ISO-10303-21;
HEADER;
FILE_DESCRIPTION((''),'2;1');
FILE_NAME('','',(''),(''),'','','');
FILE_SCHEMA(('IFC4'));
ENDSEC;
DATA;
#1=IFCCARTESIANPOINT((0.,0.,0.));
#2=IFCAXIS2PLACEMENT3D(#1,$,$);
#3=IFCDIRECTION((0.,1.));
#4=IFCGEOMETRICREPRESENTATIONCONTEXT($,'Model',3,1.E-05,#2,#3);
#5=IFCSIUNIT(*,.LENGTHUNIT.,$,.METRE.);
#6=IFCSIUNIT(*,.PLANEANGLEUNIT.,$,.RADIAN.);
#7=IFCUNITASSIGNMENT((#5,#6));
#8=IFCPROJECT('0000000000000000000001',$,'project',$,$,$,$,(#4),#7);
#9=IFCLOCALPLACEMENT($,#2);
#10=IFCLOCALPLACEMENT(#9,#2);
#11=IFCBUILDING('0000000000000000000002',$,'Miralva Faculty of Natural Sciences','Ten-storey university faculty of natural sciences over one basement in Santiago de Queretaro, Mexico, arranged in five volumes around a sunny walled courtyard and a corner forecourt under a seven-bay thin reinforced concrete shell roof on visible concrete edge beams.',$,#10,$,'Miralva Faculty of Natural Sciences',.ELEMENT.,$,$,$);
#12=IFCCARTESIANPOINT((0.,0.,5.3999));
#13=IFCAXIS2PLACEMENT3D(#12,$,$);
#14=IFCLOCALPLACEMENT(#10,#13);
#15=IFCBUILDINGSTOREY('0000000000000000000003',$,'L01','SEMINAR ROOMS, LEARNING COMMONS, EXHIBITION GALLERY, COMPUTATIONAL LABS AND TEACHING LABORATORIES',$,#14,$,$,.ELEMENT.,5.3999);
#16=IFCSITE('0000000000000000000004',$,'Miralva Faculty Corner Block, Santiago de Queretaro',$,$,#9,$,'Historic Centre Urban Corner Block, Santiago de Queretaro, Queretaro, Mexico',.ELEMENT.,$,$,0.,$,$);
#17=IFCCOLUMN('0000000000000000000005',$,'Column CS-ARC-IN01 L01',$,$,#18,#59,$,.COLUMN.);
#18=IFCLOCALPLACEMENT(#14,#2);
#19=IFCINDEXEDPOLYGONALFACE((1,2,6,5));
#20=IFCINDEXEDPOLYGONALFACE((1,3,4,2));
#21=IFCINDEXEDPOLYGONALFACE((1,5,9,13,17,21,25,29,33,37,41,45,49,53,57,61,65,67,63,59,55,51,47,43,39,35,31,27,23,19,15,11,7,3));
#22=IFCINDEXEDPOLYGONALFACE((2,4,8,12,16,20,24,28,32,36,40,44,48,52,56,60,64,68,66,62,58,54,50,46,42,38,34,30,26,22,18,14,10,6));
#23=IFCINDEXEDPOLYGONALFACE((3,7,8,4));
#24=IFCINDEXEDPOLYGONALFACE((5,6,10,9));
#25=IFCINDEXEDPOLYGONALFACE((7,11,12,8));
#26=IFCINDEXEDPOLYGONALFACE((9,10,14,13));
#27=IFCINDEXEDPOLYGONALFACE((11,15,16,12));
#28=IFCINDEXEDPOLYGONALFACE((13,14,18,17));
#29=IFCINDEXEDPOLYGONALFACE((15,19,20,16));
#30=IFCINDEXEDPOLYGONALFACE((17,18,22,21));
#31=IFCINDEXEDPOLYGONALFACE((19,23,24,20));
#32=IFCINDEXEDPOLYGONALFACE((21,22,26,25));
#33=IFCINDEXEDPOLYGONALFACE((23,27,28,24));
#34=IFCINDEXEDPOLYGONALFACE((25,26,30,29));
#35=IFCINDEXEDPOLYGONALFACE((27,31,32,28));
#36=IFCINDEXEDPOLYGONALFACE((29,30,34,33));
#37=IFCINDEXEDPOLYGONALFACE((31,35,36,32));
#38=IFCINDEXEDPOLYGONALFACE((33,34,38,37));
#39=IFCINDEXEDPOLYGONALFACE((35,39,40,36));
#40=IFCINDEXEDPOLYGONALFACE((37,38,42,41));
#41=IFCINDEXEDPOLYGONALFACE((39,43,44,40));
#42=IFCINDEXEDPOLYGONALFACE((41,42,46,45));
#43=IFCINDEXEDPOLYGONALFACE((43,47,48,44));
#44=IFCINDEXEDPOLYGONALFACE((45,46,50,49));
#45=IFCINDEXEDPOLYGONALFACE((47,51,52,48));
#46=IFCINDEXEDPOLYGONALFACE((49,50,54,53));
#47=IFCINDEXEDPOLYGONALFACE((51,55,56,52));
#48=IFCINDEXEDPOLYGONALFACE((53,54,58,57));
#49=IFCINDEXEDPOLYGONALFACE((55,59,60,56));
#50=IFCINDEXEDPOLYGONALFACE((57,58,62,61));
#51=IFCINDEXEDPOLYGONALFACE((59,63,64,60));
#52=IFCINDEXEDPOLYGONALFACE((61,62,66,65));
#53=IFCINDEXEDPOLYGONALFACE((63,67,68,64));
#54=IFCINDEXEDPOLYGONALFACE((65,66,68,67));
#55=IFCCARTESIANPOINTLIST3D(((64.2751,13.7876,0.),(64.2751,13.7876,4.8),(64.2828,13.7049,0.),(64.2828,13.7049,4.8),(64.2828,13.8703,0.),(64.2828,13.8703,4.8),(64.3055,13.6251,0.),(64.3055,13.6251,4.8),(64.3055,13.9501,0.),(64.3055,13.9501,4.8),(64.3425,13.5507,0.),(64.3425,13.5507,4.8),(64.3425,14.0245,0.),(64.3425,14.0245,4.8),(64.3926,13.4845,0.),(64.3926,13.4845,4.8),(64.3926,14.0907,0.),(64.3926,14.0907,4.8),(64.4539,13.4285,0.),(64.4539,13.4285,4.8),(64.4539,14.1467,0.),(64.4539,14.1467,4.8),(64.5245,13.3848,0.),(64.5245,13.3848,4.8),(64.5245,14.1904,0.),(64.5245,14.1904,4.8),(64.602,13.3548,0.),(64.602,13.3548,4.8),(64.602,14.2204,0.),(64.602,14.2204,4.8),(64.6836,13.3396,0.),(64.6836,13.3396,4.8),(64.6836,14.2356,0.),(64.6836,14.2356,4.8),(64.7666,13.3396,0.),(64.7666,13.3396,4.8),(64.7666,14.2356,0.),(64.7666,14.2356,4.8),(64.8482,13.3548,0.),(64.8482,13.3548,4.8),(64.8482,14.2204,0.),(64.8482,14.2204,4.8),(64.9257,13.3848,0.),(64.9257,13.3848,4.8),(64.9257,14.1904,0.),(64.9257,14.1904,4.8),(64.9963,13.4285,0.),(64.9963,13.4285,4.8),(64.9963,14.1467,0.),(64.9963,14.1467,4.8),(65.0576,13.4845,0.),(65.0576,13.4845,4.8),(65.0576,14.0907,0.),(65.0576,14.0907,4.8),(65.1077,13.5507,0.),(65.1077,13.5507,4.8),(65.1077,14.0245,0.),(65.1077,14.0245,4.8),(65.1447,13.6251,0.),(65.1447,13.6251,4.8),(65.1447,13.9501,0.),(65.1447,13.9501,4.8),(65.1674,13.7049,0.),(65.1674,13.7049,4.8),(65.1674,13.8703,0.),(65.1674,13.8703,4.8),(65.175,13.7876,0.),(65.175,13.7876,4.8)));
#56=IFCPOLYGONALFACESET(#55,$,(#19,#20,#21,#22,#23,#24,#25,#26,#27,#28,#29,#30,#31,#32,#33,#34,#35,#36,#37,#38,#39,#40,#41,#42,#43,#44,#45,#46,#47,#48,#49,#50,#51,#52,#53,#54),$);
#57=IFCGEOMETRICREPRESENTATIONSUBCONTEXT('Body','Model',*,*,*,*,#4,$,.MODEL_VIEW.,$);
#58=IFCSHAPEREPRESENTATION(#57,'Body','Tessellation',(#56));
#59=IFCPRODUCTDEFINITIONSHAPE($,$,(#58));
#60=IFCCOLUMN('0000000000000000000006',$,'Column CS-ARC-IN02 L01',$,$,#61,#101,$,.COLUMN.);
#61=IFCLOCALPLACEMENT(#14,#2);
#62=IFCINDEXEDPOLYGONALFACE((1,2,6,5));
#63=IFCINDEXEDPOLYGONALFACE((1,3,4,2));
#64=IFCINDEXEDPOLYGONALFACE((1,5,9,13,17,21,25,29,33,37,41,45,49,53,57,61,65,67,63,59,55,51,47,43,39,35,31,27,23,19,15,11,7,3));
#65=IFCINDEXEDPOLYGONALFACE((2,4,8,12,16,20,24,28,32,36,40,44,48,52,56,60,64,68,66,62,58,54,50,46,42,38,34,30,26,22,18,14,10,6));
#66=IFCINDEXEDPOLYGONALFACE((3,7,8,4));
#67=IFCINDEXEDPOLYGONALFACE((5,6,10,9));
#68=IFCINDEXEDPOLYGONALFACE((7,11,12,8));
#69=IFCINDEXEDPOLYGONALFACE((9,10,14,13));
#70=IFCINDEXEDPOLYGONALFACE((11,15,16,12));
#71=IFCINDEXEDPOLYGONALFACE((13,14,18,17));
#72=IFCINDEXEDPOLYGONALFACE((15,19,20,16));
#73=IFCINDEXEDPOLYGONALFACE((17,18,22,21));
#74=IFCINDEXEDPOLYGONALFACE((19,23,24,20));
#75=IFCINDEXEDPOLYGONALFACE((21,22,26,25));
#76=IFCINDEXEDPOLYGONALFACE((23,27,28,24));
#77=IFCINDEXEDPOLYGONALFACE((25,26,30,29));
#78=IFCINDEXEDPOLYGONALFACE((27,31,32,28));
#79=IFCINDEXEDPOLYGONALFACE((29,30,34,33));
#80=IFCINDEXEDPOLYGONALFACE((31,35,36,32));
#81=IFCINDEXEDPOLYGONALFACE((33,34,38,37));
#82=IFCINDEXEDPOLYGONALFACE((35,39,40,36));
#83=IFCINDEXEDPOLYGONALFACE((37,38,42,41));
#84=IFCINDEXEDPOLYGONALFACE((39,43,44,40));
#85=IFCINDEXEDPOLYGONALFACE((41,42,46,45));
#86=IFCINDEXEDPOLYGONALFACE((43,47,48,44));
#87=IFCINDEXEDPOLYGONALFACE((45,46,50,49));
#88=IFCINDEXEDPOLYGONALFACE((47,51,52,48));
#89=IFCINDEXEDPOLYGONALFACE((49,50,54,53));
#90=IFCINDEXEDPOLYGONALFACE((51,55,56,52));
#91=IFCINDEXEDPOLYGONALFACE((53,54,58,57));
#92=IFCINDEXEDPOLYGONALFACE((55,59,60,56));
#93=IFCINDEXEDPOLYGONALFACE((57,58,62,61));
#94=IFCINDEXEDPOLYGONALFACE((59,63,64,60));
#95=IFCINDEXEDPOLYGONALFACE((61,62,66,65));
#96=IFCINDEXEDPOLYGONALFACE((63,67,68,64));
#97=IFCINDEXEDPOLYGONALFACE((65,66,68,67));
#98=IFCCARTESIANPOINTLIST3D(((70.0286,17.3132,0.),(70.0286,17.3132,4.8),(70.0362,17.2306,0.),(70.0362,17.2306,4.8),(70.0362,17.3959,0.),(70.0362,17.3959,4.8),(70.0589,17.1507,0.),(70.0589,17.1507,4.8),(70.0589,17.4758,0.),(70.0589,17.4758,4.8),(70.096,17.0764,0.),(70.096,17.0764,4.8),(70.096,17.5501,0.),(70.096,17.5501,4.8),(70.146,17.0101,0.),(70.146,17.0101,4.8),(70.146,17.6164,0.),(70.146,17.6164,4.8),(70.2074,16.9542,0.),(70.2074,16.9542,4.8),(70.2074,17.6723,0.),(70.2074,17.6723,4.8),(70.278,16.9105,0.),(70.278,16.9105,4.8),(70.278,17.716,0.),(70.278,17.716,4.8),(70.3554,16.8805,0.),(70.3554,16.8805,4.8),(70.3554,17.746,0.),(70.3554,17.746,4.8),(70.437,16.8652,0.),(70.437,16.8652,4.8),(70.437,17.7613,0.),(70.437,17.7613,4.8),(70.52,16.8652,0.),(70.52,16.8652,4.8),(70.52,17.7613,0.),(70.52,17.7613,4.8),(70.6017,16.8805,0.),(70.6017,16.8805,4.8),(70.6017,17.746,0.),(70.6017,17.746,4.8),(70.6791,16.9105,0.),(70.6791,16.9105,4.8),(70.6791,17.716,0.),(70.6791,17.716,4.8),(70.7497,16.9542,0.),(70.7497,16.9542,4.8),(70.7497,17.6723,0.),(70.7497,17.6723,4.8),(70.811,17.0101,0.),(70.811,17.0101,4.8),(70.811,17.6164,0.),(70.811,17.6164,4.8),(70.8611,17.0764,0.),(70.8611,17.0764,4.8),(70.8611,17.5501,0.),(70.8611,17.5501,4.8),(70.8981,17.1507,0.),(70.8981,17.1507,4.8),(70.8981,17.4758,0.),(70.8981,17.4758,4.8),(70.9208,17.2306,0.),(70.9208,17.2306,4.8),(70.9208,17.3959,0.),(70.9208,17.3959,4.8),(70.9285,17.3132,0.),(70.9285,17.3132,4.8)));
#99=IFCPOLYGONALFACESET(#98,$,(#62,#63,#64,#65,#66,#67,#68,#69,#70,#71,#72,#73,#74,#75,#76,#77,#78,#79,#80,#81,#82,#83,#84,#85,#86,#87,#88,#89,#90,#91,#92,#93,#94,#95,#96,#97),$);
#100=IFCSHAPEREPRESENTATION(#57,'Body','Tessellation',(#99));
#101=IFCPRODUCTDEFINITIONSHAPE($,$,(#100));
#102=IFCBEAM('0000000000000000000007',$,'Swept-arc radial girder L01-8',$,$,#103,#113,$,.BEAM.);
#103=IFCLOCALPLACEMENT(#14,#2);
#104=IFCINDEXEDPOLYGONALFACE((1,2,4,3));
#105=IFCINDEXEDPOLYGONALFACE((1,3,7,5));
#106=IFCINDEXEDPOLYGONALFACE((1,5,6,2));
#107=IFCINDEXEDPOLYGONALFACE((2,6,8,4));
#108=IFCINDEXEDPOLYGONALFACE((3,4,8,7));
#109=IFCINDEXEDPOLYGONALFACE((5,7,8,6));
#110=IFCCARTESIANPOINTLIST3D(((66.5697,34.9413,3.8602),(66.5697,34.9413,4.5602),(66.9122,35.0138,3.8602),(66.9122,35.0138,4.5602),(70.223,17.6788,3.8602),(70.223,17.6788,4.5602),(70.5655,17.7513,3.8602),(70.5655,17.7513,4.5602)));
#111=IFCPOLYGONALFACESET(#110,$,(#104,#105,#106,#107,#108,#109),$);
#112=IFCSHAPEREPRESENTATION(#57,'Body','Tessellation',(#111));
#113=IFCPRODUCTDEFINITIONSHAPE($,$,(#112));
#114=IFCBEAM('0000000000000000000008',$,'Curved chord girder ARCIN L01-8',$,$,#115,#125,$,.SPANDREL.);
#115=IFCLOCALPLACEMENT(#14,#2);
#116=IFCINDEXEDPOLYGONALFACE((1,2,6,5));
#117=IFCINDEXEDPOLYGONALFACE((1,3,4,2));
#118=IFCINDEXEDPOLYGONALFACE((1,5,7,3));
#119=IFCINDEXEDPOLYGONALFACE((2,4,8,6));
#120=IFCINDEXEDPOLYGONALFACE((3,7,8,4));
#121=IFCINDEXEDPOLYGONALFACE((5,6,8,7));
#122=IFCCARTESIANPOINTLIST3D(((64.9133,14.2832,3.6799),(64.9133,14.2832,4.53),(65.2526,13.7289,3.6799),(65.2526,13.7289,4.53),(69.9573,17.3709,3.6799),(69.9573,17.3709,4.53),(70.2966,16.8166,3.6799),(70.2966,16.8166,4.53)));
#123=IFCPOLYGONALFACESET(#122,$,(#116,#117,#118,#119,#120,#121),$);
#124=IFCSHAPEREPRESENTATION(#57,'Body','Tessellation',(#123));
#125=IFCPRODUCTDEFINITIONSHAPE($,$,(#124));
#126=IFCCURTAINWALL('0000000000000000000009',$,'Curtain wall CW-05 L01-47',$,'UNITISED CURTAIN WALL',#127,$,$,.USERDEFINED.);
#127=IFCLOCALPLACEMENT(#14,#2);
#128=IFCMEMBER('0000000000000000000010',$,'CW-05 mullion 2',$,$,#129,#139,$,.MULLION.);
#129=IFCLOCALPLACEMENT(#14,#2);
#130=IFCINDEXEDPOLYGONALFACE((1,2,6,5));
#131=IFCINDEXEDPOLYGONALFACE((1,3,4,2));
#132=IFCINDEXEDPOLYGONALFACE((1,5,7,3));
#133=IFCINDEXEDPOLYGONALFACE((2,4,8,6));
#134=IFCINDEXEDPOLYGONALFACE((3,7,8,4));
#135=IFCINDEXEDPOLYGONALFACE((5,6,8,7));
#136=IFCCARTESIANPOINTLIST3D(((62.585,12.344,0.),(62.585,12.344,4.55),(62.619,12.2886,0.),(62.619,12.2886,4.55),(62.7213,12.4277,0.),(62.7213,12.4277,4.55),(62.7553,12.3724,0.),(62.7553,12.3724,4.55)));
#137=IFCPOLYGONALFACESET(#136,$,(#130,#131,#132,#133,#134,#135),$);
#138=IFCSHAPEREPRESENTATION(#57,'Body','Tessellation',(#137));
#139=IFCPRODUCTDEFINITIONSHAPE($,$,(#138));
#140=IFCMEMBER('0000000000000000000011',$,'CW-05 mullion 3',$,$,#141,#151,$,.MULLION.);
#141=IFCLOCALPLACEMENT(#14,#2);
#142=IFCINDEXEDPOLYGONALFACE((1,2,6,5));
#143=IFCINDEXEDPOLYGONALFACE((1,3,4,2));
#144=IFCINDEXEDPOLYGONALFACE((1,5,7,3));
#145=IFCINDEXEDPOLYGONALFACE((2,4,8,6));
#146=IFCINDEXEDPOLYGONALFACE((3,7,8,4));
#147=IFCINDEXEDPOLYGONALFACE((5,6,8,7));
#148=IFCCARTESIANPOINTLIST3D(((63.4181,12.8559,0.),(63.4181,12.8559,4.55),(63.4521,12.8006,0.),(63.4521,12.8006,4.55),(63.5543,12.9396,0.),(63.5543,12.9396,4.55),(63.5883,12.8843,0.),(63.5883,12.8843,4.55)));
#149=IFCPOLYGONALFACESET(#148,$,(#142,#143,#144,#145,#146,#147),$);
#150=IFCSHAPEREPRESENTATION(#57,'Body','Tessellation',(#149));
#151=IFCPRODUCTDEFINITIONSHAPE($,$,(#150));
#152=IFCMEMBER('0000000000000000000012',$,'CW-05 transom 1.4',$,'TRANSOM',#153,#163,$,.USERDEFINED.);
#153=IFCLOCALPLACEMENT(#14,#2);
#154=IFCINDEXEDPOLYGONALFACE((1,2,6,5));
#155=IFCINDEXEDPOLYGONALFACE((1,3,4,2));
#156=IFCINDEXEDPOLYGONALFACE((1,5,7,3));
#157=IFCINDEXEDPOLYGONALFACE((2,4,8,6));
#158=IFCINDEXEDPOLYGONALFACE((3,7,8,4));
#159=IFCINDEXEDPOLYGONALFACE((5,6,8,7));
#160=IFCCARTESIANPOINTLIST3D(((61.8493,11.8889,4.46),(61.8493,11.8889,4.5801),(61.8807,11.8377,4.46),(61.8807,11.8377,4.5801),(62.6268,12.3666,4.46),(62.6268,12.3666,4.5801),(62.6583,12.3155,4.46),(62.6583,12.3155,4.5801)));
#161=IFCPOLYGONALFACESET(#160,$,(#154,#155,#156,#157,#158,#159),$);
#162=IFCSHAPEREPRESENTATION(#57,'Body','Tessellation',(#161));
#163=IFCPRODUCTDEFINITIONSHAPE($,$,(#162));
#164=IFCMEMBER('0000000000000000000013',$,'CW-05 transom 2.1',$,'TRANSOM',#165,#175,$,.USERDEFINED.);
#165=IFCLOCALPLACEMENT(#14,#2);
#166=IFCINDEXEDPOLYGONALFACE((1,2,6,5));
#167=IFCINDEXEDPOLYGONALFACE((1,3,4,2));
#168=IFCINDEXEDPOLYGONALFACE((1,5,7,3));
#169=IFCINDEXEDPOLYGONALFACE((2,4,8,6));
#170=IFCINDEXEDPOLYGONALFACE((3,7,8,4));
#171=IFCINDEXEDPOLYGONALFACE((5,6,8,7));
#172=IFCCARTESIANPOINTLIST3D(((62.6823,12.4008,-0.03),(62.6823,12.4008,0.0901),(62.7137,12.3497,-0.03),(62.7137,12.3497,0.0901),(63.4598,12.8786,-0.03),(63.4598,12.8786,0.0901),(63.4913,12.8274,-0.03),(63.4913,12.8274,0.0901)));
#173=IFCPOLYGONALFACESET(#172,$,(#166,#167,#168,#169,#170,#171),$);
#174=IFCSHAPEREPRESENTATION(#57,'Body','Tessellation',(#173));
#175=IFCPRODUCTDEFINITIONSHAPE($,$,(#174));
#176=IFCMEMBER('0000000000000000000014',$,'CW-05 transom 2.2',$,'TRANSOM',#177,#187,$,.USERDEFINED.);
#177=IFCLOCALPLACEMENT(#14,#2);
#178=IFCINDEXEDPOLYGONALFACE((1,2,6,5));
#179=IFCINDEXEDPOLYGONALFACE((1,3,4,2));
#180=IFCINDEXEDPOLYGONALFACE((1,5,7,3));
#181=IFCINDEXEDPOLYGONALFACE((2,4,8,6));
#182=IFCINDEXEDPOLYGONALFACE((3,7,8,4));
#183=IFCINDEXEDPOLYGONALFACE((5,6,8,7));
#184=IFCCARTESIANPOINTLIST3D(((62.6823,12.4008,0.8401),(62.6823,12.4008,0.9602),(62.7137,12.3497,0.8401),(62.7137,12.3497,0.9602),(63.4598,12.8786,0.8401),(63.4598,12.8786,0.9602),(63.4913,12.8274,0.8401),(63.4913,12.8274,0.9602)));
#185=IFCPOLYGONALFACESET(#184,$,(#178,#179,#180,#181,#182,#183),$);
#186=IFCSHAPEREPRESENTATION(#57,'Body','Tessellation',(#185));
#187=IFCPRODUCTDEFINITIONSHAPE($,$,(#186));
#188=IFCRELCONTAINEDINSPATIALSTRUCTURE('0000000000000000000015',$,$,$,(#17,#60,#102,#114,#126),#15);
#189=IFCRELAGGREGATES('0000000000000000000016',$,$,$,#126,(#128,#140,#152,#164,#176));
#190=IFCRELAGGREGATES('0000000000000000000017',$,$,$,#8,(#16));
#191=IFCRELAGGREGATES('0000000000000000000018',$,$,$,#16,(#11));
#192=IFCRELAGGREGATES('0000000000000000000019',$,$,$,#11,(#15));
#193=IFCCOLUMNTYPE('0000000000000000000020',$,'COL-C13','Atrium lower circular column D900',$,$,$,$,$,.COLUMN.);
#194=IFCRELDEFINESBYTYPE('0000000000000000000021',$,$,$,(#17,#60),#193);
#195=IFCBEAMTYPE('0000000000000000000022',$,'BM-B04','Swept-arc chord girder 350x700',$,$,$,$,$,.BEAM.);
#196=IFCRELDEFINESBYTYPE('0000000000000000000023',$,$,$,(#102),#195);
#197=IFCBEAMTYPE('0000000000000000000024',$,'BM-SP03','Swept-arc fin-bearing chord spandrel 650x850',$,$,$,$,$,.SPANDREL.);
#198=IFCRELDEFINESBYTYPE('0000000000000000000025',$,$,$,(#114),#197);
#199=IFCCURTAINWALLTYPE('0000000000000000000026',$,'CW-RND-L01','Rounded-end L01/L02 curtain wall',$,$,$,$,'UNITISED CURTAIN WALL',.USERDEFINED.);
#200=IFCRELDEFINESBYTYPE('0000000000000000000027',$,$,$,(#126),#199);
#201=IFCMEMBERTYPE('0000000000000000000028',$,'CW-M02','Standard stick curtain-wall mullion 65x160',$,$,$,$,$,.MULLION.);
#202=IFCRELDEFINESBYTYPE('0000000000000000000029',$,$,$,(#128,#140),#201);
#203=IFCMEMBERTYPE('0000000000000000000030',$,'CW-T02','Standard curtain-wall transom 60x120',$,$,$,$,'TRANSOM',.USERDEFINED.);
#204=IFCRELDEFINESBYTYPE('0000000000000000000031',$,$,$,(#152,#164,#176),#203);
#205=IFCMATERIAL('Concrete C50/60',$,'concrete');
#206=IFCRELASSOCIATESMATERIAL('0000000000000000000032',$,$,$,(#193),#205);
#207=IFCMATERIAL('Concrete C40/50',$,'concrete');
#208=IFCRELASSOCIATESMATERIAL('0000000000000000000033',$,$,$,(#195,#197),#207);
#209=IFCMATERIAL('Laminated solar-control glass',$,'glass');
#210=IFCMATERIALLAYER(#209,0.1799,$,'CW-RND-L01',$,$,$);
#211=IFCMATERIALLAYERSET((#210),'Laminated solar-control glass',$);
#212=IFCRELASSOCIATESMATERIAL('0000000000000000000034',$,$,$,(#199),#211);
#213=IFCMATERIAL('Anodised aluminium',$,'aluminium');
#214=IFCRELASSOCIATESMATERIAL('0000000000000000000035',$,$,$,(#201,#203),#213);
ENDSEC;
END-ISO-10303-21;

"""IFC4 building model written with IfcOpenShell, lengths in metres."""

from ifc_helpers import new_model, si_unit, direction, frame, origin, origin_2d, place, context, subcontext, project, spatial, rectangle, circle, extrude, material, layer, layer_set, material_profile, profile_set, type_object, element, aggregate, save


model = new_model("IFC4")

# Units and contexts
model_context = context("Model", 3, precision=1e-05, world=origin(), true_north=direction((0.0, 1.0)))
body_context = subcontext(model_context, "Body", "Model", "MODEL_VIEW")
ifc_project = project(units=[si_unit("LENGTHUNIT", "METRE"), si_unit("PLANEANGLEUNIT", "RADIAN")], contexts=[model_context])

# Site, building, storey
site_placement = place(None, origin())
site = spatial("IfcSite", under=ifc_project, at=site_placement, Name="Miralva Faculty Corner Block, Santiago de Queretaro", LongName="Historic Centre Urban Corner Block, Santiago de Queretaro, Queretaro, Mexico", CompositionType="ELEMENT", RefElevation=0.0)
building_placement = place(site_placement, origin())
building = spatial("IfcBuilding", under=site, at=building_placement, Name="Miralva Faculty of Natural Sciences", Description="Ten-storey university faculty of natural sciences over one basement in Santiago de Queretaro, Mexico, arranged in five volumes around a sunny walled courtyard and a corner forecourt under a seven-bay thin reinforced concrete shell roof on visible concrete edge beams.", LongName="Miralva Faculty of Natural Sciences", CompositionType="ELEMENT")
storey_placement = place(building_placement, frame((0.0, 0.0, 5.3999)))
storey = spatial("IfcBuildingStorey", under=building, at=storey_placement, Name="L01", Description="SEMINAR ROOMS, LEARNING COMMONS, EXHIBITION GALLERY, COMPUTATIONAL LABS AND TEACHING LABORATORIES", CompositionType="ELEMENT", Elevation=5.3999)

# Columns
ifc_material_1 = material(Name="Concrete C50/60", Category="concrete")
ifc_material_profile_1 = material_profile(ifc_material_1, circle(Radius=0.45, at=origin_2d()), Name="RC DIA 900")
ifc_profile_set_1 = profile_set([ifc_material_profile_1], Name="Concrete C50/60")
column_type = type_object("IfcColumnType", Name="COL-C13", Description="Atrium lower circular column D900", PredefinedType="COLUMN", material=ifc_profile_set_1)
for number, where, z_axis, x_axis, name in (
    (1, (64.7251, 13.7876, 0.0), (0.0, 0.0, 1.0), (1.0, 0.0, 0.0), "Column CS-ARC-IN01 L01"),
    (2, (70.4785, 17.3132, 0.0), (0.0, 0.0, 1.0), (1.0, 0.0, 0.0), "Column CS-ARC-IN02 L01"),
):
    element("IfcColumn", number, at=place(storey_placement, frame(where, z_axis=z_axis, x_axis=x_axis)), inside=storey, type_object=column_type, Name=name, PredefinedType="COLUMN", context=body_context, shape_type="SweptSolid", body=[
        extrude(circle(Radius=0.45, at=origin_2d()), origin(), (0.0, 0.0, 1.0), 4.8),
    ])

# Beams
ifc_material_2 = material(Name="Concrete C40/50", Category="concrete")
ifc_material_profile_2 = material_profile(ifc_material_2, rectangle(XDim=0.3501, YDim=0.7, at=origin_2d()), Name="RC 350x700")
ifc_profile_set_2 = profile_set([ifc_material_profile_2], Name="Concrete C40/50")
beam_type_1 = type_object("IfcBeamType", Name="BM-B04", Description="Swept-arc chord girder 350x700", PredefinedType="BEAM", material=ifc_profile_set_2)
beam_1_placement = place(storey_placement, frame((70.3943, 17.7151, 4.2102), z_axis=(-0.207048, 0.978331, 0.0), x_axis=(-0.978331, -0.207048, 0.0)))
element("IfcBeam", 3, at=beam_1_placement, inside=storey, type_object=beam_type_1, Name="Swept-arc radial girder L01-8", PredefinedType="BEAM", context=body_context, shape_type="SweptSolid", body=[
    extrude(rectangle(XDim=0.3501, YDim=0.7, at=origin_2d()), origin(), (0.0, 0.0, 1.0), 17.6448),
])
ifc_material_profile_3 = material_profile(ifc_material_2, rectangle(XDim=0.6499, YDim=0.8501, at=origin_2d()), Name="RC 650x850")
ifc_profile_set_3 = profile_set([ifc_material_profile_3], Name="Concrete C40/50")
beam_type_2 = type_object("IfcBeamType", Name="BM-SP03", Description="Swept-arc fin-bearing chord spandrel 650x850", PredefinedType="SPANDREL", material=ifc_profile_set_3)
beam_2_placement = place(storey_placement, frame((70.127, 17.0938, 4.105), z_axis=(-0.852888, -0.522094, 0.0), x_axis=(0.522094, -0.852888, 0.0)))
element("IfcBeam", 4, at=beam_2_placement, inside=storey, type_object=beam_type_2, Name="Curved chord girder ARCIN L01-8", PredefinedType="SPANDREL", context=body_context, shape_type="SweptSolid", body=[
    extrude(rectangle(XDim=0.6499, YDim=0.8501, at=origin_2d()), origin(), (0.0, 0.0, 1.0), 5.9141),
])

# Curtain wall, members
ifc_material_3 = material(Name="Laminated solar-control glass", Category="glass")
ifc_layer_1 = layer(ifc_material_3, 0.1799, Name="CW-RND-L01")
ifc_layer_set_1 = layer_set([ifc_layer_1], Name="Laminated solar-control glass")
curtain_wall_type = type_object("IfcCurtainWallType", Name="CW-RND-L01", Description="Rounded-end L01/L02 curtain wall", ElementType="UNITISED CURTAIN WALL", PredefinedType="USERDEFINED", material=ifc_layer_set_1)
curtain_wall_placement = place(storey_placement, origin())
curtain_wall = element("IfcCurtainWall", 5, at=curtain_wall_placement, inside=storey, type_object=curtain_wall_type, Name="Curtain wall CW-05 L01-47", ObjectType="UNITISED CURTAIN WALL", PredefinedType="USERDEFINED")
ifc_material_4 = material(Name="Anodised aluminium", Category="aluminium")
ifc_material_profile_4 = material_profile(ifc_material_4, rectangle(XDim=0.0649, YDim=0.1599, at=origin_2d()), Name="MULLION 65x160")
ifc_profile_set_4 = profile_set([ifc_material_profile_4], Name="Anodised aluminium")
member_type_1 = type_object("IfcMemberType", Name="CW-M02", Description="Standard stick curtain-wall mullion 65x160", PredefinedType="MULLION", material=ifc_profile_set_4)
member_1_placement = place(storey_placement, frame((62.6702, 12.3582, 0.0), z_axis=(0.0, 0.0, 1.0), x_axis=(-0.523551, 0.851995, 0.0)))
member_1 = element("IfcMember", 6, at=member_1_placement, type_object=member_type_1, Name="CW-05 mullion 2", PredefinedType="MULLION", context=body_context, shape_type="SweptSolid", body=[
    extrude(rectangle(XDim=0.0649, YDim=0.1599, at=origin_2d()), origin(), (0.0, 0.0, 1.0), 4.55),
])
member_2_placement = place(storey_placement, frame((63.5032, 12.8701, 0.0), z_axis=(0.0, 0.0, 1.0), x_axis=(-0.523551, 0.851995, 0.0)))
member_2 = element("IfcMember", 7, at=member_2_placement, type_object=member_type_1, Name="CW-05 mullion 3", PredefinedType="MULLION", context=body_context, shape_type="SweptSolid", body=[
    extrude(rectangle(XDim=0.0649, YDim=0.1599, at=origin_2d()), origin(), (0.0, 0.0, 1.0), 4.55),
])
ifc_material_profile_5 = material_profile(ifc_material_4, rectangle(XDim=0.0601, YDim=0.1201, at=origin_2d()), Name="TRANSOM 60x120")
ifc_profile_set_5 = profile_set([ifc_material_profile_5], Name="Anodised aluminium")
member_type_2 = type_object("IfcMemberType", Name="CW-T02", Description="Standard curtain-wall transom 60x120", ElementType="TRANSOM", PredefinedType="USERDEFINED", material=ifc_profile_set_5)
member_3_placement = place(storey_placement, frame((61.865, 11.8633, 4.52), z_axis=(0.852016, 0.523515, 0.0), x_axis=(-0.523515, 0.852016, 0.0)))
member_3 = element("IfcMember", 8, at=member_3_placement, type_object=member_type_2, Name="CW-05 transom 1.4", ObjectType="TRANSOM", PredefinedType="USERDEFINED", context=body_context, shape_type="SweptSolid", body=[
    extrude(rectangle(XDim=0.0601, YDim=0.1201, at=origin_2d()), origin(), (0.0, 0.0, 1.0), 0.9126),
])
member_4_placement = place(storey_placement, frame((62.698, 12.3752, 0.03), z_axis=(0.852016, 0.523515, 0.0), x_axis=(-0.523515, 0.852016, 0.0)))
member_4 = element("IfcMember", 9, at=member_4_placement, type_object=member_type_2, Name="CW-05 transom 2.1", ObjectType="TRANSOM", PredefinedType="USERDEFINED", context=body_context, shape_type="SweptSolid", body=[
    extrude(rectangle(XDim=0.0601, YDim=0.1201, at=origin_2d()), origin(), (0.0, 0.0, 1.0), 0.9126),
])
member_5_placement = place(storey_placement, frame((62.698, 12.3752, 0.9001), z_axis=(0.852016, 0.523515, 0.0), x_axis=(-0.523515, 0.852016, 0.0)))
member_5 = element("IfcMember", 10, at=member_5_placement, type_object=member_type_2, Name="CW-05 transom 2.2", ObjectType="TRANSOM", PredefinedType="USERDEFINED", context=body_context, shape_type="SweptSolid", body=[
    extrude(rectangle(XDim=0.0601, YDim=0.1201, at=origin_2d()), origin(), (0.0, 0.0, 1.0), 0.9126),
])
aggregate(curtain_wall, [member_1, member_2, member_3, member_4, member_5])

save(model, "model.ifc")
